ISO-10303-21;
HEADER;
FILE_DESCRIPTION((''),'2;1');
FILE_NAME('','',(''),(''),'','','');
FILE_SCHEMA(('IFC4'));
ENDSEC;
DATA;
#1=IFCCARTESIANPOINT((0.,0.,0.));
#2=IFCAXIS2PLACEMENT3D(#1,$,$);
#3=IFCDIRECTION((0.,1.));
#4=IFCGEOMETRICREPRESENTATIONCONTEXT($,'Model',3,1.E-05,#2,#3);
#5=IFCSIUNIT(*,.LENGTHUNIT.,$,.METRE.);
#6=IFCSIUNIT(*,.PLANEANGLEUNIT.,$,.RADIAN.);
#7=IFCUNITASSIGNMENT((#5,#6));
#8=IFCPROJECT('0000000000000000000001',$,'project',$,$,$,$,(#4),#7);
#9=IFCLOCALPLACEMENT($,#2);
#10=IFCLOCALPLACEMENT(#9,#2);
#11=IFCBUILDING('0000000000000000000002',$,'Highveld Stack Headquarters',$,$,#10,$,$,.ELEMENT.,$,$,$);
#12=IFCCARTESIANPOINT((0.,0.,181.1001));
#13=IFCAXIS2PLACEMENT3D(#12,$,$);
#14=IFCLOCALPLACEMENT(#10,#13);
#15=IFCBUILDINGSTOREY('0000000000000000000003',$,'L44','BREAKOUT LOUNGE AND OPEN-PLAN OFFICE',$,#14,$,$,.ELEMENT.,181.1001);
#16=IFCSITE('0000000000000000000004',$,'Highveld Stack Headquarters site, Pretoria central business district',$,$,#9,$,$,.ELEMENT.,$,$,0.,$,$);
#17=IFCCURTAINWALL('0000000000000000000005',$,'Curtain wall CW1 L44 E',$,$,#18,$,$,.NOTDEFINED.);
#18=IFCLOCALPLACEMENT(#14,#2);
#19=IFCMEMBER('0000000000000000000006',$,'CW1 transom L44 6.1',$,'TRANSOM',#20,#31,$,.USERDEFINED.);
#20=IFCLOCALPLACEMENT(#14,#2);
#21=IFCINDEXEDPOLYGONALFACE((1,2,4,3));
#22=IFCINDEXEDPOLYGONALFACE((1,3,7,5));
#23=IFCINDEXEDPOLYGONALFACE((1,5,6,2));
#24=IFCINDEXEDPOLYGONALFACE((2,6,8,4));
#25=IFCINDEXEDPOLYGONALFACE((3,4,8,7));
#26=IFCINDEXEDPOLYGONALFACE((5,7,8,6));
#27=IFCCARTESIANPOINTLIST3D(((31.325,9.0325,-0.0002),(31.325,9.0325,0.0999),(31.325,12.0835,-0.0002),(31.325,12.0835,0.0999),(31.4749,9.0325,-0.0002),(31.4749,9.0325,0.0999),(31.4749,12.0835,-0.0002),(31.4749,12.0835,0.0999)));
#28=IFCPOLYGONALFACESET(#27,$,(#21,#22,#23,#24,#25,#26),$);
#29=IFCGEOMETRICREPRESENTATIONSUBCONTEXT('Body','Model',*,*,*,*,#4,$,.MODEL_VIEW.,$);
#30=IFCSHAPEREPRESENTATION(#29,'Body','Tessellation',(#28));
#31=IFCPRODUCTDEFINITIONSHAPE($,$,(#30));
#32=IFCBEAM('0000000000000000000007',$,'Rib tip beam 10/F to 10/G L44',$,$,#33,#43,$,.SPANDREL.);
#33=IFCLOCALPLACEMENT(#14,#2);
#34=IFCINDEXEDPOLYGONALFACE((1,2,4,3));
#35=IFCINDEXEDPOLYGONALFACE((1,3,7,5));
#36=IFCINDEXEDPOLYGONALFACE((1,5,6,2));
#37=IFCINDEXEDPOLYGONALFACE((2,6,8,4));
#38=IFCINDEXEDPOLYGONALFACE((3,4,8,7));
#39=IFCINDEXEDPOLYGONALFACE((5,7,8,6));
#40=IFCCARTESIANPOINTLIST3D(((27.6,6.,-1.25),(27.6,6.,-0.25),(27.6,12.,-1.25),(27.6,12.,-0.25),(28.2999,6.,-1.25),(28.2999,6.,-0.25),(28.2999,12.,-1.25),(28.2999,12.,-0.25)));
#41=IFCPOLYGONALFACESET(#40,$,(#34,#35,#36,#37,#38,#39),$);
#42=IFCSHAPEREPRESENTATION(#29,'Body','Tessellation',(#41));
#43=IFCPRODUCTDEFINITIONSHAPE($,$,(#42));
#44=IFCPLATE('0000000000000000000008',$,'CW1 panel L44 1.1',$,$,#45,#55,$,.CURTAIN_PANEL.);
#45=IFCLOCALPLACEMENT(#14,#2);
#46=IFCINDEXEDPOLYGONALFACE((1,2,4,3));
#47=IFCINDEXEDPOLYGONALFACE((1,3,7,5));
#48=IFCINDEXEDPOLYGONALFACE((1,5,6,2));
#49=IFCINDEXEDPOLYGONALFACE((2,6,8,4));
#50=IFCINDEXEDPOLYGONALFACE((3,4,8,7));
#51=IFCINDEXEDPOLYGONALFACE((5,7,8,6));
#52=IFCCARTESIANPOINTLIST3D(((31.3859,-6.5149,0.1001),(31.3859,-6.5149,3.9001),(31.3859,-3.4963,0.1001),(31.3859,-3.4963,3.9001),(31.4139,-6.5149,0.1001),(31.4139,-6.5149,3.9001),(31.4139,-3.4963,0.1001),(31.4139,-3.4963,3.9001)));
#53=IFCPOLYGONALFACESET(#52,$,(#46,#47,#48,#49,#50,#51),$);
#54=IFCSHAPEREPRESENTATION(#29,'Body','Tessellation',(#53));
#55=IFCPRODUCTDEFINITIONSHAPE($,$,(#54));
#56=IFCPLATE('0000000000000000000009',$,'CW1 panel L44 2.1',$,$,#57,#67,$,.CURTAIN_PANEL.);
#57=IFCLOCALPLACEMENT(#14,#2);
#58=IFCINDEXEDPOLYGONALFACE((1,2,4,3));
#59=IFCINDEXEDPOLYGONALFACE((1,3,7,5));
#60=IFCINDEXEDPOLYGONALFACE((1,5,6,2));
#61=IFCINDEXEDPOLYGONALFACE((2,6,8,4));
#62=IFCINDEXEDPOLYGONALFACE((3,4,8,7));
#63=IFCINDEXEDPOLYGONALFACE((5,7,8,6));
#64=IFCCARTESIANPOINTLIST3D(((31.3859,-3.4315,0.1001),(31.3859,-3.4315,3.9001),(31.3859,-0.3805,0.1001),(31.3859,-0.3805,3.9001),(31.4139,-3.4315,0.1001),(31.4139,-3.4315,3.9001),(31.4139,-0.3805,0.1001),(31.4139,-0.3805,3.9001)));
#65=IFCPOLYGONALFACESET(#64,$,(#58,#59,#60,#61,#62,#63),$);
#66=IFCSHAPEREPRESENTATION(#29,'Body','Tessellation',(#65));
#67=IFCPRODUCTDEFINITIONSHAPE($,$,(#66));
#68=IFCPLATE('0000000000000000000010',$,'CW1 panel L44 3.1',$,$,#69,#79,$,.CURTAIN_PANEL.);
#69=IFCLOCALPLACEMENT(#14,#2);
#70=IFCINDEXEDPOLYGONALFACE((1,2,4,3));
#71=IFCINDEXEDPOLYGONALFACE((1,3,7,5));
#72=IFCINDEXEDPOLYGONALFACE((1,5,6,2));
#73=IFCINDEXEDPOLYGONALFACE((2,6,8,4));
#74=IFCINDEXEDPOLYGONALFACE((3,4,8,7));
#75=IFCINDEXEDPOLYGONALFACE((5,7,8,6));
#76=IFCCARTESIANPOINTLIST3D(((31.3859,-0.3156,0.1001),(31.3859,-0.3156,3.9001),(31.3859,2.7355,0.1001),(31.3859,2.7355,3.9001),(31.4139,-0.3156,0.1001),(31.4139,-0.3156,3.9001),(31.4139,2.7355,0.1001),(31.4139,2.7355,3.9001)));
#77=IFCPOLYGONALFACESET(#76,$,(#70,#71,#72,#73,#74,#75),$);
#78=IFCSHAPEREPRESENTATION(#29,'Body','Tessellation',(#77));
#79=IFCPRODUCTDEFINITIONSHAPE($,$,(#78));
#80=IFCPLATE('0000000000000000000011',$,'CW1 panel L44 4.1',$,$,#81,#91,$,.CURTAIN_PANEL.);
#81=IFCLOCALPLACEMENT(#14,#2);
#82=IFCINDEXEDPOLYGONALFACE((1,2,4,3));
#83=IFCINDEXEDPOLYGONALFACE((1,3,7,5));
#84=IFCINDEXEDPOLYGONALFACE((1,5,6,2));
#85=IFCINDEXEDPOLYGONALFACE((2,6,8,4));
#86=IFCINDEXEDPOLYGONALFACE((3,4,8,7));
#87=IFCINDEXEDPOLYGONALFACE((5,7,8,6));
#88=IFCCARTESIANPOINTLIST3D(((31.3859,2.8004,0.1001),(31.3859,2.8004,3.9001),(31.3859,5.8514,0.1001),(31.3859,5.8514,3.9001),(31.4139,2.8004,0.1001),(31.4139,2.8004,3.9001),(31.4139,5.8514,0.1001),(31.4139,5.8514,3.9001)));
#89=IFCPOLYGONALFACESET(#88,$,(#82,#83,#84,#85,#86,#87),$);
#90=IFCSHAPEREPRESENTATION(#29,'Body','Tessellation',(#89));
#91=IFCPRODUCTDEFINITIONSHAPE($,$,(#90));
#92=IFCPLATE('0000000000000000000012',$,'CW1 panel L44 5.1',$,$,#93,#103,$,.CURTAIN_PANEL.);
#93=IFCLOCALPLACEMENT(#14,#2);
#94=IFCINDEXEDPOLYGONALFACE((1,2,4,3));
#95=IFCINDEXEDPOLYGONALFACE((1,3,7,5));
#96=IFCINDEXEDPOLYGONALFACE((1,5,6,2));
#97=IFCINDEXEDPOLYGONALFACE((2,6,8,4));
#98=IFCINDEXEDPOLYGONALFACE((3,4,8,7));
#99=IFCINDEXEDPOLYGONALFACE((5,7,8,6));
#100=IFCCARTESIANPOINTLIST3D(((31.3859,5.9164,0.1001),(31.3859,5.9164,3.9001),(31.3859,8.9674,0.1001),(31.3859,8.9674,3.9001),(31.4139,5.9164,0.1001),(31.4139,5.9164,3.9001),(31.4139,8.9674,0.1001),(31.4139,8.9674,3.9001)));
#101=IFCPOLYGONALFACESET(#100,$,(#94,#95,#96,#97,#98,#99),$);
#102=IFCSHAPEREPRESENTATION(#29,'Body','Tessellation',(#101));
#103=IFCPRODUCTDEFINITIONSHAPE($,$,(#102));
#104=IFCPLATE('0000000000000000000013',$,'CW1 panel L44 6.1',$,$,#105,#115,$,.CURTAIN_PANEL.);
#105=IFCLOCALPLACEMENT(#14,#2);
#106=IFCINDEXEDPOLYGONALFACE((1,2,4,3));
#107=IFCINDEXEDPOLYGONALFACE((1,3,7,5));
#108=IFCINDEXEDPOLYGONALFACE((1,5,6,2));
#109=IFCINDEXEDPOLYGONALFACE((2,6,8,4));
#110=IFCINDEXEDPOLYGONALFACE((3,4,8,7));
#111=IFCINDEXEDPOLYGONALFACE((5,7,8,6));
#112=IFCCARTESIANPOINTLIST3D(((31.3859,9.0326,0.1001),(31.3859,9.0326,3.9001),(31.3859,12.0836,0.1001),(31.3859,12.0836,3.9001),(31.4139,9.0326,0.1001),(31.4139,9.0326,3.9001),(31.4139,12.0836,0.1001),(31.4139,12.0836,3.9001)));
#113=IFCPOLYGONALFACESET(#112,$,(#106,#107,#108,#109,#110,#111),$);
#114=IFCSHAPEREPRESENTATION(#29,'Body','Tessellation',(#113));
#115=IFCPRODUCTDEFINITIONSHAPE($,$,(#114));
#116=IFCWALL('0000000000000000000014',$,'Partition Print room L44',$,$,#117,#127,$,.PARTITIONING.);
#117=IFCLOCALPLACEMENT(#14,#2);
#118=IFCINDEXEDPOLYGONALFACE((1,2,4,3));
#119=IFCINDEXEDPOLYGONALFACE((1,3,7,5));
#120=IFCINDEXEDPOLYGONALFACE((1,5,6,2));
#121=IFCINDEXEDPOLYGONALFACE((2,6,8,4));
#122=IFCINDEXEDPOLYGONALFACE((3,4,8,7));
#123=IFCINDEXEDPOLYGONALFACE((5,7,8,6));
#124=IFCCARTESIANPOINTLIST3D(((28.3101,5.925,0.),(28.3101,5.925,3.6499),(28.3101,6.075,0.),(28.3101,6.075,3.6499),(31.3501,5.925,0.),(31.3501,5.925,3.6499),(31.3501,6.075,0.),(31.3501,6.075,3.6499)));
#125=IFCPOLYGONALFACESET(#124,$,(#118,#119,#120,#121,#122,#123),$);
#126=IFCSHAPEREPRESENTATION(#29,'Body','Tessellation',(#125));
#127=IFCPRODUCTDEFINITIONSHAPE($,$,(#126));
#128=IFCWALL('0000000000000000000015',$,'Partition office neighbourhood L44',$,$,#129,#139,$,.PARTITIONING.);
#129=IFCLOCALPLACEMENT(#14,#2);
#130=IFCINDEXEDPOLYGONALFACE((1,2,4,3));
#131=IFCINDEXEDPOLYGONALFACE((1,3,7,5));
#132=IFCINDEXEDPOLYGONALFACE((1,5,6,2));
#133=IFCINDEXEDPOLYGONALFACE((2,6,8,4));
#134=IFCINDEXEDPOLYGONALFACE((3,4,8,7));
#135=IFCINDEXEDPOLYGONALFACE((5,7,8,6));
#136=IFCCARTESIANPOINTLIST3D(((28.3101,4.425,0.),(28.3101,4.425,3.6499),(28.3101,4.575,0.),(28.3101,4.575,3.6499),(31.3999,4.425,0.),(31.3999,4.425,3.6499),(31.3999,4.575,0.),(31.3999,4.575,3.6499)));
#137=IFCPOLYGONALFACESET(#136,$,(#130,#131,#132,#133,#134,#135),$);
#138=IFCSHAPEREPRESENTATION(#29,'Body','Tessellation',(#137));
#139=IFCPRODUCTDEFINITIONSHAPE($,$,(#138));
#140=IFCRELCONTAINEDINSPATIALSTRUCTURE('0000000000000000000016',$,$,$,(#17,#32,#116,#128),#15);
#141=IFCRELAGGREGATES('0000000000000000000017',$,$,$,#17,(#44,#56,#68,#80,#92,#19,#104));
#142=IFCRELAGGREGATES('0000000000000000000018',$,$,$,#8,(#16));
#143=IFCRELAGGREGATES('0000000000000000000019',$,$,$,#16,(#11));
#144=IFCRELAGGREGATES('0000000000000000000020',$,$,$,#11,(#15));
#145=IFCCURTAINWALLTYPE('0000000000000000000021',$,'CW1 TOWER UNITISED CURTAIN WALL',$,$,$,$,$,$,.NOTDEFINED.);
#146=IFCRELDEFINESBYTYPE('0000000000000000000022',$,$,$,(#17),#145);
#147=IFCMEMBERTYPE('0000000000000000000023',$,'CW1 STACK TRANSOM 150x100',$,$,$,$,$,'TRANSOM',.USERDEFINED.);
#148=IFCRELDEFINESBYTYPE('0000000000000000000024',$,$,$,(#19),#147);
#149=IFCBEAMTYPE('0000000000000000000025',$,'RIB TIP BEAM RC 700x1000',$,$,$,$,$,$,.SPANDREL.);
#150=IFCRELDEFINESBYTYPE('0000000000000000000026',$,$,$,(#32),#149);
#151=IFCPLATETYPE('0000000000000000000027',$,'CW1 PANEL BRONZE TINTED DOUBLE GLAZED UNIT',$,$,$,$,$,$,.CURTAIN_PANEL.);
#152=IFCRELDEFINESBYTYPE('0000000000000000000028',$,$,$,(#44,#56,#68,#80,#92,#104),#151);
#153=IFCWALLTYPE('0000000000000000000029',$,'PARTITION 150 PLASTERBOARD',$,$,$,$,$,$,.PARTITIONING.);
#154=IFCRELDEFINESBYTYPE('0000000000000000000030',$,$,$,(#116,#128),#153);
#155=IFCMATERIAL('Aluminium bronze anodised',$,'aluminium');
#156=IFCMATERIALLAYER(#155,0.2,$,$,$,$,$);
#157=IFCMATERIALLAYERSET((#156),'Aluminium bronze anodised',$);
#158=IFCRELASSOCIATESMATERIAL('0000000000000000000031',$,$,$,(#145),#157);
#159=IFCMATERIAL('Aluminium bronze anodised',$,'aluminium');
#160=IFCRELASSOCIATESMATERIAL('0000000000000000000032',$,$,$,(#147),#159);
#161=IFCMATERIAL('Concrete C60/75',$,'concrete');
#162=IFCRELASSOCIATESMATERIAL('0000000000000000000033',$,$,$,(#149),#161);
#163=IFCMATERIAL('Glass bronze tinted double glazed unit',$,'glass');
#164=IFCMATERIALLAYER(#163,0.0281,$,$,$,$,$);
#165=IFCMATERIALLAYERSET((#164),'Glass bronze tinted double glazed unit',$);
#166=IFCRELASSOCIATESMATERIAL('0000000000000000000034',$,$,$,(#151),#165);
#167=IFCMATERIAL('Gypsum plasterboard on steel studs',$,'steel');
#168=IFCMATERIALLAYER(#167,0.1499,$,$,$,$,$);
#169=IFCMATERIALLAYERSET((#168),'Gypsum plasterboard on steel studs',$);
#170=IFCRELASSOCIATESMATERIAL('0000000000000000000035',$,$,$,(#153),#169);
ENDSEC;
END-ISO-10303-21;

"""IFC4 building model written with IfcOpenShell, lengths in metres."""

from ifc_helpers import new_model, si_unit, direction, frame, frame_2d, origin, origin_2d, place, context, subcontext, project, spatial, rectangle, extrude, material, layer, layer_set, material_profile, profile_set, type_object, element, aggregate, save


model = new_model("IFC4")

# Units and contexts
model_context = context("Model", 3, precision=1e-05, world=origin(), true_north=direction((0.0, 1.0)))
body_context = subcontext(model_context, "Body", "Model", "MODEL_VIEW")
ifc_project = project(units=[si_unit("LENGTHUNIT", "METRE"), si_unit("PLANEANGLEUNIT", "RADIAN")], contexts=[model_context])

# Site, building, storey
site_placement = place(None, origin())
site = spatial("IfcSite", under=ifc_project, at=site_placement, Name="Highveld Stack Headquarters site, Pretoria central business district", CompositionType="ELEMENT", RefElevation=0.0)
building_placement = place(site_placement, origin())
building = spatial("IfcBuilding", under=site, at=building_placement, Name="Highveld Stack Headquarters", CompositionType="ELEMENT")
storey_placement = place(building_placement, frame((0.0, 0.0, 181.1001)))
storey = spatial("IfcBuildingStorey", under=building, at=storey_placement, Name="L44", Description="BREAKOUT LOUNGE AND OPEN-PLAN OFFICE", CompositionType="ELEMENT", Elevation=181.1001)

# Curtain wall, member
ifc_material_1 = material(Name="Aluminium bronze anodised", Category="aluminium")
ifc_layer_1 = layer(ifc_material_1, 0.2)
ifc_layer_set_1 = layer_set([ifc_layer_1], Name="Aluminium bronze anodised")
curtain_wall_type = type_object("IfcCurtainWallType", Name="CW1 TOWER UNITISED CURTAIN WALL", PredefinedType="NOTDEFINED", material=ifc_layer_set_1)
curtain_wall_placement = place(storey_placement, origin())
curtain_wall = element("IfcCurtainWall", 1, at=curtain_wall_placement, inside=storey, type_object=curtain_wall_type, Name="Curtain wall CW1 L44 E", PredefinedType="NOTDEFINED")
ifc_material_2 = material(Name="Aluminium bronze anodised", Category="aluminium")
ifc_material_profile_1 = material_profile(ifc_material_2, rectangle(XDim=0.1499, YDim=0.1001, at=origin_2d()), Name="CW1 TRANSOM 150x100")
ifc_profile_set_1 = profile_set([ifc_material_profile_1], Name="Aluminium bronze anodised")
member_type_1 = type_object("IfcMemberType", Name="CW1 STACK TRANSOM 150x100", ElementType="TRANSOM", PredefinedType="USERDEFINED", material=ifc_profile_set_1)
member_1_placement = place(storey_placement, frame((31.3999, 9.0325, 0.0498), z_axis=(0.0, 1.0, 0.0), x_axis=(-1.0, 0.0, 0.0)))
member_1 = element("IfcMember", 2, at=member_1_placement, type_object=member_type_1, Name="CW1 transom L44 6.1", ObjectType="TRANSOM", PredefinedType="USERDEFINED", context=body_context, shape_type="SweptSolid", body=[
    extrude(rectangle(XDim=0.1499, YDim=0.1001, at=origin_2d()), origin(), (0.0, 0.0, 1.0), 3.051),
])

# Beam
ifc_material_3 = material(Name="Concrete C60/75", Category="concrete")
ifc_material_profile_2 = material_profile(ifc_material_3, rectangle(XDim=0.7, YDim=1.0, at=origin_2d()), Name="RC 700x1000")
ifc_profile_set_2 = profile_set([ifc_material_profile_2], Name="Concrete C60/75")
beam_type = type_object("IfcBeamType", Name="RIB TIP BEAM RC 700x1000", PredefinedType="SPANDREL", material=ifc_profile_set_2)
beam_placement = place(storey_placement, frame((27.95, 6.0, -0.75), z_axis=(0.0, 1.0, 0.0), x_axis=(-1.0, 0.0, 0.0)))
element("IfcBeam", 3, at=beam_placement, inside=storey, type_object=beam_type, Name="Rib tip beam 10/F to 10/G L44", PredefinedType="SPANDREL", context=body_context, shape_type="SweptSolid", body=[
    extrude(rectangle(XDim=0.7, YDim=1.0, at=origin_2d()), origin(), (0.0, 0.0, 1.0), 6.0),
])

# Plates
ifc_material_4 = material(Name="Glass bronze tinted double glazed unit", Category="glass")
ifc_layer_2 = layer(ifc_material_4, 0.0281)
ifc_layer_set_2 = layer_set([ifc_layer_2], Name="Glass bronze tinted double glazed unit")
plate_type = type_object("IfcPlateType", Name="CW1 PANEL BRONZE TINTED DOUBLE GLAZED UNIT", PredefinedType="CURTAIN_PANEL", material=ifc_layer_set_2)
plate_1_placement = place(storey_placement, frame((31.3999, -5.0056, 0.1001), z_axis=(0.0, 0.0, 1.0), x_axis=(0.0, 1.0, 0.0)))
plate_1 = element("IfcPlate", 4, at=plate_1_placement, type_object=plate_type, Name="CW1 panel L44 1.1", PredefinedType="CURTAIN_PANEL", context=body_context, shape_type="SweptSolid", body=[
    extrude(rectangle(XDim=3.0186, YDim=0.0281, at=origin_2d()), origin(), (0.0, 0.0, 1.0), 3.8),
])
plate_2_placement = place(storey_placement, frame((31.3999, -1.906, 0.1001), z_axis=(0.0, 0.0, 1.0), x_axis=(0.0, 1.0, 0.0)))
plate_2 = element("IfcPlate", 5, at=plate_2_placement, type_object=plate_type, Name="CW1 panel L44 2.1", PredefinedType="CURTAIN_PANEL", context=body_context, shape_type="SweptSolid", body=[
    extrude(rectangle(XDim=3.051, YDim=0.0281, at=origin_2d()), origin(), (0.0, 0.0, 1.0), 3.8),
])
plate_3_placement = place(storey_placement, frame((31.3999, 1.21, 0.1001), z_axis=(0.0, 0.0, 1.0), x_axis=(0.0, 1.0, 0.0)))
plate_3 = element("IfcPlate", 6, at=plate_3_placement, type_object=plate_type, Name="CW1 panel L44 3.1", PredefinedType="CURTAIN_PANEL", context=body_context, shape_type="SweptSolid", body=[
    extrude(rectangle(XDim=3.051, YDim=0.0281, at=origin_2d()), origin(), (0.0, 0.0, 1.0), 3.8),
])
plate_4_placement = place(storey_placement, frame((31.3999, 4.3259, 0.1001), z_axis=(0.0, 0.0, 1.0), x_axis=(0.0, 1.0, 0.0)))
plate_4 = element("IfcPlate", 7, at=plate_4_placement, type_object=plate_type, Name="CW1 panel L44 4.1", PredefinedType="CURTAIN_PANEL", context=body_context, shape_type="SweptSolid", body=[
    extrude(rectangle(XDim=3.051, YDim=0.0281, at=origin_2d()), origin(), (0.0, 0.0, 1.0), 3.8),
])
plate_5_placement = place(storey_placement, frame((31.3999, 7.4419, 0.1001), z_axis=(0.0, 0.0, 1.0), x_axis=(0.0, 1.0, 0.0)))
plate_5 = element("IfcPlate", 8, at=plate_5_placement, type_object=plate_type, Name="CW1 panel L44 5.1", PredefinedType="CURTAIN_PANEL", context=body_context, shape_type="SweptSolid", body=[
    extrude(rectangle(XDim=3.051, YDim=0.0281, at=origin_2d()), origin(), (0.0, 0.0, 1.0), 3.8),
])
plate_6_placement = place(storey_placement, frame((31.3999, 10.5581, 0.1001), z_axis=(0.0, 0.0, 1.0), x_axis=(0.0, 1.0, 0.0)))
plate_6 = element("IfcPlate", 9, at=plate_6_placement, type_object=plate_type, Name="CW1 panel L44 6.1", PredefinedType="CURTAIN_PANEL", context=body_context, shape_type="SweptSolid", body=[
    extrude(rectangle(XDim=3.051, YDim=0.0281, at=origin_2d()), origin(), (0.0, 0.0, 1.0), 3.8),
])
aggregate(curtain_wall, [plate_1, plate_2, plate_3, plate_4, plate_5, member_1, plate_6])

# Walls
ifc_material_5 = material(Name="Gypsum plasterboard on steel studs", Category="steel")
ifc_layer_3 = layer(ifc_material_5, 0.1499)
ifc_layer_set_3 = layer_set([ifc_layer_3], Name="Gypsum plasterboard on steel studs")
wall_type = type_object("IfcWallType", Name="PARTITION 150 PLASTERBOARD", PredefinedType="PARTITIONING", material=ifc_layer_set_3)
wall_1_placement = place(storey_placement, frame((28.3101, 6.0, 0.0), z_axis=(0.0, 0.0, 1.0), x_axis=(1.0, 0.0, 0.0)))
element("IfcWall", 10, at=wall_1_placement, inside=storey, type_object=wall_type, Name="Partition Print room L44", PredefinedType="PARTITIONING", context=body_context, shape_type="SweptSolid", body=[
    extrude(rectangle(XDim=3.04, YDim=0.1499, at=frame_2d((1.52, 0.0))), origin(), (0.0, 0.0, 1.0), 3.6499),
])
wall_2_placement = place(storey_placement, frame((28.3101, 4.5, 0.0), z_axis=(0.0, 0.0, 1.0), x_axis=(1.0, 0.0, 0.0)))
element("IfcWall", 11, at=wall_2_placement, inside=storey, type_object=wall_type, Name="Partition office neighbourhood L44", PredefinedType="PARTITIONING", context=body_context, shape_type="SweptSolid", body=[
    extrude(rectangle(XDim=3.0898, YDim=0.1499, at=frame_2d((1.5449, 0.0))), origin(), (0.0, 0.0, 1.0), 3.6499),
])

save(model, "model.ifc")
